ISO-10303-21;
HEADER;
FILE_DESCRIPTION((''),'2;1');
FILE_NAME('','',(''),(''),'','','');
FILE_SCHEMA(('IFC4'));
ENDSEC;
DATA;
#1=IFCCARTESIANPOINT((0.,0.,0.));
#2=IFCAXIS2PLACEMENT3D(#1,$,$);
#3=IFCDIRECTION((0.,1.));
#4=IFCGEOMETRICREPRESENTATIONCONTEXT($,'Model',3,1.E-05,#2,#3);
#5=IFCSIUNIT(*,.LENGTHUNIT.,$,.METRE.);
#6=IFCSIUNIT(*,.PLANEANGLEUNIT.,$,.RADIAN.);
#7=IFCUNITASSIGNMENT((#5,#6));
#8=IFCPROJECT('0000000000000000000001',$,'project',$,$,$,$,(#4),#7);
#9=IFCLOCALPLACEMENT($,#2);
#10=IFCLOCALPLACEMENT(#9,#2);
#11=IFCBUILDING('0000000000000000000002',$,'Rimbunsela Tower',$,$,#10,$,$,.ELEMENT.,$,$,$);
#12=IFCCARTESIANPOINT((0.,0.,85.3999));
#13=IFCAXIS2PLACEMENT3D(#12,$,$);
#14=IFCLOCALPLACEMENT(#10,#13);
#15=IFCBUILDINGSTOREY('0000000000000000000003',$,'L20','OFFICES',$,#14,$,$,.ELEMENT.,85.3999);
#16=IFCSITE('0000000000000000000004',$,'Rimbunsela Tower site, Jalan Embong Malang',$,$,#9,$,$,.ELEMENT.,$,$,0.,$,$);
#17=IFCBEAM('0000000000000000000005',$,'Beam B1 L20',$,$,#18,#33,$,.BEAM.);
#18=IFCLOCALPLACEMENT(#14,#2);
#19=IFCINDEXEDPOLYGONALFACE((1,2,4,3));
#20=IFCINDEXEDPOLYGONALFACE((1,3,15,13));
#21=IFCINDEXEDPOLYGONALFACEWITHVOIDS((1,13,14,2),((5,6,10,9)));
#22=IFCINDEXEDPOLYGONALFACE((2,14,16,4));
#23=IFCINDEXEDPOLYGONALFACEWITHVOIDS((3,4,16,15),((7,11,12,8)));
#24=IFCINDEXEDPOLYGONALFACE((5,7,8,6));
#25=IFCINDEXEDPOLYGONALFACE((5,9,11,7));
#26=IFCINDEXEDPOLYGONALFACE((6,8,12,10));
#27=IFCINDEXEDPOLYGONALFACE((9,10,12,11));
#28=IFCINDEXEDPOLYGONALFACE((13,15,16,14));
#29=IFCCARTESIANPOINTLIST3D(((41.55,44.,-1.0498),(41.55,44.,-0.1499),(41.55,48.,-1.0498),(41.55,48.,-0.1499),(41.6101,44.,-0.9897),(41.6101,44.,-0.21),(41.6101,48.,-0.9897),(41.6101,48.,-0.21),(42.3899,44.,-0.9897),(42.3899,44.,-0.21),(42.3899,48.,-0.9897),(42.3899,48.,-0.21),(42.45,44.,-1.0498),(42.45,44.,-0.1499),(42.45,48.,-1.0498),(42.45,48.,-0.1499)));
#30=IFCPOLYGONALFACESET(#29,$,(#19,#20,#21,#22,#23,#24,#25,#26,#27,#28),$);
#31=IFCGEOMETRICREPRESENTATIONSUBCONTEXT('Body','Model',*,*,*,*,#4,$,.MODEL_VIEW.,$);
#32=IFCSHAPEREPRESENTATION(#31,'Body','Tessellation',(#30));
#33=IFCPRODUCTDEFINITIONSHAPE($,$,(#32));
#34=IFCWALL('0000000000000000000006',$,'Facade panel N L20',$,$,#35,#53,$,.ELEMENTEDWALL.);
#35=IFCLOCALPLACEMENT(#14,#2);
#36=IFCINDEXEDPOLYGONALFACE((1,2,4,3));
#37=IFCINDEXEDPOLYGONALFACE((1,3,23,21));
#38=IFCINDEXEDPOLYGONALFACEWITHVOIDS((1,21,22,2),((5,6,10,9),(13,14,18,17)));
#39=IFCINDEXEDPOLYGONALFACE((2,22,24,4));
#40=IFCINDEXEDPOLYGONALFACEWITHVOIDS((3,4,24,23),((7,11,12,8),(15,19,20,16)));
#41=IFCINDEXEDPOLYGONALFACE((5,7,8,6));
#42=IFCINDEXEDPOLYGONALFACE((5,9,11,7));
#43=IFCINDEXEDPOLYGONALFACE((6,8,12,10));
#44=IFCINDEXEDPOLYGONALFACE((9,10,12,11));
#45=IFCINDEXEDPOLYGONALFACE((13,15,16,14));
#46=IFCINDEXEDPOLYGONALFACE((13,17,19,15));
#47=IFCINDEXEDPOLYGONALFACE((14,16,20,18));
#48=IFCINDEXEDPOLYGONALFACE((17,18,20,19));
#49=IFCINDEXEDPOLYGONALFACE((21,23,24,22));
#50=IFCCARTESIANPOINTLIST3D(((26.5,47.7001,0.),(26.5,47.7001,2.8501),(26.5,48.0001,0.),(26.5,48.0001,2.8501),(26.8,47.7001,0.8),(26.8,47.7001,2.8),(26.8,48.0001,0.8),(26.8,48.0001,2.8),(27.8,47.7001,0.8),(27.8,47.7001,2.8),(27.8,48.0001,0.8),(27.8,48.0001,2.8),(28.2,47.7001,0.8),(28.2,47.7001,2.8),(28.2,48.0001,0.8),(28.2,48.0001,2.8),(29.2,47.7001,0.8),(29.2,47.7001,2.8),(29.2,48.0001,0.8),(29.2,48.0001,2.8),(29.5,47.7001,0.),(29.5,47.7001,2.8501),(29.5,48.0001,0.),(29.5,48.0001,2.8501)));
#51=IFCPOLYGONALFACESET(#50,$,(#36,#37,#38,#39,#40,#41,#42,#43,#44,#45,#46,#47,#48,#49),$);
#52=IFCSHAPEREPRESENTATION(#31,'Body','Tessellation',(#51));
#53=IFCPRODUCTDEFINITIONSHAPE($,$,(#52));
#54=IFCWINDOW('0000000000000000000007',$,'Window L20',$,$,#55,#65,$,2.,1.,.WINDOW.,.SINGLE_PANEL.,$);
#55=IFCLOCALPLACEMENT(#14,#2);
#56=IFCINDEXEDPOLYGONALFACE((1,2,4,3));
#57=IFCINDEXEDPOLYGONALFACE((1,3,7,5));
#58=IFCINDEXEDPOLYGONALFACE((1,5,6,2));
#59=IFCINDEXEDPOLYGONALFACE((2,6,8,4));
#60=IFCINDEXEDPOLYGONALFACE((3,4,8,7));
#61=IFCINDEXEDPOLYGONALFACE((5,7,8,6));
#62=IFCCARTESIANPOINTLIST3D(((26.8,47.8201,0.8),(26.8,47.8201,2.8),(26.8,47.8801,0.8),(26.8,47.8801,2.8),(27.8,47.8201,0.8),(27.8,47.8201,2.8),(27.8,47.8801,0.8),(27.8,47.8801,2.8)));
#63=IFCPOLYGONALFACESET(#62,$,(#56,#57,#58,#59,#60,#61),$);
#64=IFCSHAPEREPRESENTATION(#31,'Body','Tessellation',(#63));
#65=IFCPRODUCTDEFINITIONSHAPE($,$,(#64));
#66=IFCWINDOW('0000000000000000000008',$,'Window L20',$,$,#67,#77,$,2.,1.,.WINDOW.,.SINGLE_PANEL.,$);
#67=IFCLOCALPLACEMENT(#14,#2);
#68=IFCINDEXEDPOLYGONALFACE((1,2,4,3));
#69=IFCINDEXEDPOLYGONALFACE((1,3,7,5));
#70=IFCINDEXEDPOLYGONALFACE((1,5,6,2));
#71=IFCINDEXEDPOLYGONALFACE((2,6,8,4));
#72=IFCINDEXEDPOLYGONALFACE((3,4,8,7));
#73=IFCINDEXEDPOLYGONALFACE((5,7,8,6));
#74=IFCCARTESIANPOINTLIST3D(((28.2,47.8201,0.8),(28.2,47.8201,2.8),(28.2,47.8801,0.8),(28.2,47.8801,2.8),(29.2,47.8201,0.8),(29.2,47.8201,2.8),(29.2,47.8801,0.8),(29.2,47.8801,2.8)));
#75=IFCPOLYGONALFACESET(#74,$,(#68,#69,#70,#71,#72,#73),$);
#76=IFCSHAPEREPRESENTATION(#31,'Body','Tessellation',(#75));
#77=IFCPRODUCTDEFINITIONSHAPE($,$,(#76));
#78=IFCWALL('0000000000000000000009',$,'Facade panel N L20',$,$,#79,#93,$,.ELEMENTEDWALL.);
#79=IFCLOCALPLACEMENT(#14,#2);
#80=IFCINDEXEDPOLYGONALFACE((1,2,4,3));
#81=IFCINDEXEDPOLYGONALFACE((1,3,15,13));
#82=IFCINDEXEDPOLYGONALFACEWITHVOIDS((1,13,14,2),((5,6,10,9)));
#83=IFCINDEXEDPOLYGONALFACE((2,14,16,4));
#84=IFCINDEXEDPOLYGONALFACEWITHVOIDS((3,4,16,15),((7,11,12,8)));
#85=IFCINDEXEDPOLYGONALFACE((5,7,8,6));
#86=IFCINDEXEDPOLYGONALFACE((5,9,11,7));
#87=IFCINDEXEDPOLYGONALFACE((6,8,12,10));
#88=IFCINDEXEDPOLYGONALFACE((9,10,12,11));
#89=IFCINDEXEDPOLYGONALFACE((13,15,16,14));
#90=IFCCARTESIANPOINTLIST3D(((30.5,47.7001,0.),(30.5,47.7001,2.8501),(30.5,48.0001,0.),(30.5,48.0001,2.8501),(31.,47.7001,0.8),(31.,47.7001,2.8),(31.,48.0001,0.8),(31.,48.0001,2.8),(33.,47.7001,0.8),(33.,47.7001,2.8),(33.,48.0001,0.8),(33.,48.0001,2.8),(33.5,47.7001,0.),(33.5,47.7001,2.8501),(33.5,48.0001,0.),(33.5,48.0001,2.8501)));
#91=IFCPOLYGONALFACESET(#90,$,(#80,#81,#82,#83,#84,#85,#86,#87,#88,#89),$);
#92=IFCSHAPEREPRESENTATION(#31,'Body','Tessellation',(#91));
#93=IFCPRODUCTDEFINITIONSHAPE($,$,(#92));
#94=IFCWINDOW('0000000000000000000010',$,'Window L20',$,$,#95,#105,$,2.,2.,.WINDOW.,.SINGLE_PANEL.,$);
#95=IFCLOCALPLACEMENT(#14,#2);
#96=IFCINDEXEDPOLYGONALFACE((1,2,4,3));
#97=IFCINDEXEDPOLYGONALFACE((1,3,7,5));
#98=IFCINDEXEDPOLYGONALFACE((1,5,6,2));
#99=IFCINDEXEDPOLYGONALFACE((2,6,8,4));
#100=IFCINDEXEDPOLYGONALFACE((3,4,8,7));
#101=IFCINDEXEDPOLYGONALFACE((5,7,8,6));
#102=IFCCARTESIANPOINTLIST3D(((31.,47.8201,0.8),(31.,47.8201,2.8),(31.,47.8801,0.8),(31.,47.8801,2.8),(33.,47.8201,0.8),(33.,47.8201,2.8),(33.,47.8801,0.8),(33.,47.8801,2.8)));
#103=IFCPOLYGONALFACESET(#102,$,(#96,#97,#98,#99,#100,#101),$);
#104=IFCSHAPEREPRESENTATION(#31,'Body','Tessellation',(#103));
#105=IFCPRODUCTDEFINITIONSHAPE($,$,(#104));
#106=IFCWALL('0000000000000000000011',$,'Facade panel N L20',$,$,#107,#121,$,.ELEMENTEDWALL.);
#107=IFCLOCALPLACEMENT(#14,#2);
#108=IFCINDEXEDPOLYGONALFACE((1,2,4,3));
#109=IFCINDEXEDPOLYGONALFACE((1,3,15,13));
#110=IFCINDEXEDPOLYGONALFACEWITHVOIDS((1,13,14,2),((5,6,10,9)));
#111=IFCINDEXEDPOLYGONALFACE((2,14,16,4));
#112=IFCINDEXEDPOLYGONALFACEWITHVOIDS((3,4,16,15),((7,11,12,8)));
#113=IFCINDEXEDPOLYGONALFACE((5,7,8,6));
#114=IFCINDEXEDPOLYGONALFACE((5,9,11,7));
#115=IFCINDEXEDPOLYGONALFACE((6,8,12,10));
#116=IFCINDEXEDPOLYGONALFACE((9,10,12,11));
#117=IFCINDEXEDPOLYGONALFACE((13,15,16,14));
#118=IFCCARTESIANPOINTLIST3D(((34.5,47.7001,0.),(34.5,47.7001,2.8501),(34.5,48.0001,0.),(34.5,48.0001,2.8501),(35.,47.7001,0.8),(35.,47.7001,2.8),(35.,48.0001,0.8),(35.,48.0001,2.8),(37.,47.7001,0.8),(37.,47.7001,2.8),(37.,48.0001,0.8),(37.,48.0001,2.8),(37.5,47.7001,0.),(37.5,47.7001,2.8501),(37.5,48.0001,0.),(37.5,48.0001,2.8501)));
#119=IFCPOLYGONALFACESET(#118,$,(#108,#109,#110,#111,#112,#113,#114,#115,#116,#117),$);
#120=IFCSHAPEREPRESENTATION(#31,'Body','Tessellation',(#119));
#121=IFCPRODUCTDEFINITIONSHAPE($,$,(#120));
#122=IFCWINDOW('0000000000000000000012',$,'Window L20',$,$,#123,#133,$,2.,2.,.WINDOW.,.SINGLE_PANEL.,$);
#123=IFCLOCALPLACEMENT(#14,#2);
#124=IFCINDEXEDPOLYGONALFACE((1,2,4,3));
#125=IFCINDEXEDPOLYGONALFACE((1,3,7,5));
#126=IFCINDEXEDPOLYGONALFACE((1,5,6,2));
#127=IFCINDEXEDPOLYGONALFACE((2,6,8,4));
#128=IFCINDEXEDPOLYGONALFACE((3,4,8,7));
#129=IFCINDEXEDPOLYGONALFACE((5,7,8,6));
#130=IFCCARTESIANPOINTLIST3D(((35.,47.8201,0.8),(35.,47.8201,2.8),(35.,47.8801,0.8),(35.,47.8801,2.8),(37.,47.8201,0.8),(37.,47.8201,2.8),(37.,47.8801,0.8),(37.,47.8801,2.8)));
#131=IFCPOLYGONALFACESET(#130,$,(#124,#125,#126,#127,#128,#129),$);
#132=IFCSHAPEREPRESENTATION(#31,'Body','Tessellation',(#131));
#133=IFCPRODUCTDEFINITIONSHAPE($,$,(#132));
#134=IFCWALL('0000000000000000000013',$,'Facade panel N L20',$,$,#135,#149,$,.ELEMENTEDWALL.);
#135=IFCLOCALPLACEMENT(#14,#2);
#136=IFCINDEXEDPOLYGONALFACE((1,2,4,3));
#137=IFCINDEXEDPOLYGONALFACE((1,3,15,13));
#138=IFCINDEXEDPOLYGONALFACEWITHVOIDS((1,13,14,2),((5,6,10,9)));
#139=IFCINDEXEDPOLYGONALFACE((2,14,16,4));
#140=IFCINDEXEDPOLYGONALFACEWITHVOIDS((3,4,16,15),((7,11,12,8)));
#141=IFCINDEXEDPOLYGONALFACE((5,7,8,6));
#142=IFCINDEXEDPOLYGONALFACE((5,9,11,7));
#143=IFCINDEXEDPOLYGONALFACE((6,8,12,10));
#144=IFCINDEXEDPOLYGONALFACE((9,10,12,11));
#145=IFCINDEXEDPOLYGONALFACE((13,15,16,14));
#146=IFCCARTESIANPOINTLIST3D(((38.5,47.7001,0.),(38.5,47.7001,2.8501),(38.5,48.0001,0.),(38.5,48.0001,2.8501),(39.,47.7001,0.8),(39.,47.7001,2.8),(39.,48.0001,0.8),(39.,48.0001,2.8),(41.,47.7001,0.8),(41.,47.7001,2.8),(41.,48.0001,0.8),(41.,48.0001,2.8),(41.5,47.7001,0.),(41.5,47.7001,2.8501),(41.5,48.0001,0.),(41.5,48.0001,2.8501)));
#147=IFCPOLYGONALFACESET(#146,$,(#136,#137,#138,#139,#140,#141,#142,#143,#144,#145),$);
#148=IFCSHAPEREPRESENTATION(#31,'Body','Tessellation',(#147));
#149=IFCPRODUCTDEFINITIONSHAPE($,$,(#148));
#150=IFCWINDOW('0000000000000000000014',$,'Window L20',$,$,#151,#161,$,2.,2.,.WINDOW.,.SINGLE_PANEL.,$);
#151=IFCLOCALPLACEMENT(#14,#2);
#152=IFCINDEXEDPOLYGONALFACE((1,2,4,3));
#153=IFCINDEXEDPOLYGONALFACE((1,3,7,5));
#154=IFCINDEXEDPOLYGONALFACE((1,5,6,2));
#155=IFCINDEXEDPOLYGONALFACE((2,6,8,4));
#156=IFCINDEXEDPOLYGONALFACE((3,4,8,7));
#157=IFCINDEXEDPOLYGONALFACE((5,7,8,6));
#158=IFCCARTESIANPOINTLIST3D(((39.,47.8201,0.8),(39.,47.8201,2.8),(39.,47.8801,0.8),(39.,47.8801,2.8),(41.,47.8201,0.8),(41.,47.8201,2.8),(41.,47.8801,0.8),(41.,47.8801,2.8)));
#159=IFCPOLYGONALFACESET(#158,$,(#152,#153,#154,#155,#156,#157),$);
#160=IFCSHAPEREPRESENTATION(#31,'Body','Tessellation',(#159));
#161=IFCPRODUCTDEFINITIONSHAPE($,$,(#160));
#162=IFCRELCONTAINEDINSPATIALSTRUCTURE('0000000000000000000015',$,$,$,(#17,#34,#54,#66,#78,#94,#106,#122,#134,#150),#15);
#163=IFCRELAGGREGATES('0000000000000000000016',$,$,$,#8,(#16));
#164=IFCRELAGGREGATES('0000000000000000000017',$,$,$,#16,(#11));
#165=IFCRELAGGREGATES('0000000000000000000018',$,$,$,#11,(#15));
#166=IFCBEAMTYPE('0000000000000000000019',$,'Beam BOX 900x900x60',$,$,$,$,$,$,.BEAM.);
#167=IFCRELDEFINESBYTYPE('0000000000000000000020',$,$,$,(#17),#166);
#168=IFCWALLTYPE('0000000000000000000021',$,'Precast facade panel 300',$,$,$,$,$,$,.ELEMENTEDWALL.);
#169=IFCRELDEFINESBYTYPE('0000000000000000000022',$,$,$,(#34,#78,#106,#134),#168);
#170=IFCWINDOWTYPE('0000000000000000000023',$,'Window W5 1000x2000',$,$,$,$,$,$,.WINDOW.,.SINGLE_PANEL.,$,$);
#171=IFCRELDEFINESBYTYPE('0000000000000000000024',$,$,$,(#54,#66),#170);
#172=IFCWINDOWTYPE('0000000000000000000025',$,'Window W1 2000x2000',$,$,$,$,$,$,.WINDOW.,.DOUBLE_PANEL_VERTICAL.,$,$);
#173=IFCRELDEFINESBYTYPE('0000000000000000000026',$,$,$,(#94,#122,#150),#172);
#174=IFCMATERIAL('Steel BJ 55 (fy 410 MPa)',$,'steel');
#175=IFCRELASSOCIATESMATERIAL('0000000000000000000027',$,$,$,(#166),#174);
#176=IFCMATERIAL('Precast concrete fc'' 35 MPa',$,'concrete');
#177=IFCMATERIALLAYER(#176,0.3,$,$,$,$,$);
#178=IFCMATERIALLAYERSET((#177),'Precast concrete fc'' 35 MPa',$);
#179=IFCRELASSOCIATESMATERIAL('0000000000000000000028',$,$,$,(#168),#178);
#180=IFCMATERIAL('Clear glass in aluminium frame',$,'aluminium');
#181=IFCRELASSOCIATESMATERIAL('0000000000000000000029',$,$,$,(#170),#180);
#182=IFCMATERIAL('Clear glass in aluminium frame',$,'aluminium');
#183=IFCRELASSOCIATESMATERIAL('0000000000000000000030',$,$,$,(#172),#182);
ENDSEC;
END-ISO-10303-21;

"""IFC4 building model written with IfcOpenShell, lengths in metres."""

from ifc_helpers import new_model, si_unit, direction, frame, frame_2d, origin, origin_2d, place, context, subcontext, project, spatial, rectangle, hollow_rectangle, extrude, material, layer, layer_set, material_profile, profile_set, type_object, element, fill, save


model = new_model("IFC4")

# Units and contexts
model_context = context("Model", 3, precision=1e-05, world=origin(), true_north=direction((0.0, 1.0)))
body_context = subcontext(model_context, "Body", "Model", "MODEL_VIEW")
ifc_project = project(units=[si_unit("LENGTHUNIT", "METRE"), si_unit("PLANEANGLEUNIT", "RADIAN")], contexts=[model_context])

# Site, building, storey
site_placement = place(None, origin())
site = spatial("IfcSite", under=ifc_project, at=site_placement, Name="Rimbunsela Tower site, Jalan Embong Malang", CompositionType="ELEMENT", RefElevation=0.0)
building_placement = place(site_placement, origin())
building = spatial("IfcBuilding", under=site, at=building_placement, Name="Rimbunsela Tower", CompositionType="ELEMENT")
storey_placement = place(building_placement, frame((0.0, 0.0, 85.3999)))
storey = spatial("IfcBuildingStorey", under=building, at=storey_placement, Name="L20", Description="OFFICES", CompositionType="ELEMENT", Elevation=85.3999)

# Beam
ifc_material_1 = material(Name="Steel BJ 55 (fy 410 MPa)", Category="steel")
ifc_material_profile_1 = material_profile(ifc_material_1, hollow_rectangle(XDim=0.8999, YDim=0.8999, WallThickness=0.0601, at=origin_2d()), Name="BOX 900x900x60")
ifc_profile_set_1 = profile_set([ifc_material_profile_1], Name="Steel BJ 55 (fy 410 MPa)")
beam_type_1 = type_object("IfcBeamType", Name="Beam BOX 900x900x60", PredefinedType="BEAM", material=ifc_profile_set_1)
for number, where, z_axis, x_axis, name in (
    (1, (42.0, 44.0, -0.5999), (0.0, 1.0, 0.0), (-1.0, 0.0, 0.0), "Beam B1 L20"),
):
    element("IfcBeam", number, at=place(storey_placement, frame(where, z_axis=z_axis, x_axis=x_axis)), inside=storey, type_object=beam_type_1, Name=name, PredefinedType="BEAM", context=body_context, shape_type="SweptSolid", body=[
        extrude(hollow_rectangle(XDim=0.8999, YDim=0.8999, WallThickness=0.0601, at=origin_2d()), origin(), (0.0, 0.0, 1.0), 4.0),
    ])

# Wall, openings, windows
ifc_material_2 = material(Name="Precast concrete fc' 35 MPa", Category="concrete")
ifc_layer_1 = layer(ifc_material_2, 0.3)
ifc_layer_set_1 = layer_set([ifc_layer_1], Name="Precast concrete fc' 35 MPa")
wall_type_1 = type_object("IfcWallType", Name="Precast facade panel 300", PredefinedType="ELEMENTEDWALL", material=ifc_layer_set_1)
wall_1_placement = place(storey_placement, frame((29.5, 47.8501, 0.0), z_axis=(0.0, 0.0, 1.0), x_axis=(-1.0, 0.0, 0.0)))
wall_1 = element("IfcWall", 2, at=wall_1_placement, inside=storey, type_object=wall_type_1, Name="Facade panel N L20", PredefinedType="ELEMENTEDWALL", context=body_context, shape_type="SweptSolid", body=[
    extrude(rectangle(XDim=3.0, YDim=0.3, at=frame_2d((1.5, 0.0))), origin(), (0.0, 0.0, 1.0), 2.8501),
])
opening_1_placement = place(wall_1_placement, frame((1.7, 0.0, 0.8)))
opening_1 = element("IfcOpeningElement", 3, at=opening_1_placement, cuts=wall_1, PredefinedType="OPENING", context=body_context, shape_type="SweptSolid", body=[
    extrude(rectangle(XDim=1.0, YDim=2.0, at=frame_2d((0.5, 1.0))), frame((0.0, 0.1599, 0.0), z_axis=(0.0, -1.0, 0.0), x_axis=(1.0, 0.0, 0.0)), (0.0, 0.0, 1.0), 0.3201),
])
opening_2_placement = place(wall_1_placement, frame((0.3, 0.0, 0.8)))
opening_2 = element("IfcOpeningElement", 4, at=opening_2_placement, cuts=wall_1, PredefinedType="OPENING", context=body_context, shape_type="SweptSolid", body=[
    extrude(rectangle(XDim=1.0, YDim=2.0, at=frame_2d((0.5, 1.0))), frame((0.0, 0.1599, 0.0), z_axis=(0.0, -1.0, 0.0), x_axis=(1.0, 0.0, 0.0)), (0.0, 0.0, 1.0), 0.3201),
])
ifc_material_3 = material(Name="Clear glass in aluminium frame", Category="aluminium")
window_type_1 = type_object("IfcWindowType", Name="Window W5 1000x2000", PartitioningType="SINGLE_PANEL", PredefinedType="WINDOW", material=ifc_material_3)
window_1_placement = place(opening_1_placement, origin())
window_1 = element("IfcWindow", 5, at=window_1_placement, inside=storey, type_object=window_type_1, Name="Window L20", OverallHeight=2.0, OverallWidth=1.0, PartitioningType="SINGLE_PANEL", PredefinedType="WINDOW", context=body_context, shape_type="SweptSolid", body=[
    extrude(rectangle(XDim=1.0, YDim=2.0, at=frame_2d((0.5, 1.0))), frame((0.0, 0.03, 0.0), z_axis=(0.0, -1.0, 0.0), x_axis=(1.0, 0.0, 0.0)), (0.0, 0.0, 1.0), 0.0601),
])
fill(opening_1, window_1)
window_2_placement = place(opening_2_placement, origin())
window_2 = element("IfcWindow", 6, at=window_2_placement, inside=storey, type_object=window_type_1, Name="Window L20", OverallHeight=2.0, OverallWidth=1.0, PartitioningType="SINGLE_PANEL", PredefinedType="WINDOW", context=body_context, shape_type="SweptSolid", body=[
    extrude(rectangle(XDim=1.0, YDim=2.0, at=frame_2d((0.5, 1.0))), frame((0.0, 0.03, 0.0), z_axis=(0.0, -1.0, 0.0), x_axis=(1.0, 0.0, 0.0)), (0.0, 0.0, 1.0), 0.0601),
])
fill(opening_2, window_2)

# Walls, openings, windows
wall_2_placement = place(storey_placement, frame((33.5, 47.8501, 0.0), z_axis=(0.0, 0.0, 1.0), x_axis=(-1.0, 0.0, 0.0)))
wall_2 = element("IfcWall", 7, at=wall_2_placement, inside=storey, type_object=wall_type_1, Name="Facade panel N L20", PredefinedType="ELEMENTEDWALL", context=body_context, shape_type="SweptSolid", body=[
    extrude(rectangle(XDim=3.0, YDim=0.3, at=frame_2d((1.5, 0.0))), origin(), (0.0, 0.0, 1.0), 2.8501),
])
opening_3_placement = place(wall_2_placement, frame((0.5, 0.0, 0.8)))
opening_3 = element("IfcOpeningElement", 8, at=opening_3_placement, cuts=wall_2, PredefinedType="OPENING", context=body_context, shape_type="SweptSolid", body=[
    extrude(rectangle(XDim=2.0, YDim=2.0, at=frame_2d((1.0, 1.0))), frame((0.0, 0.1599, 0.0), z_axis=(0.0, -1.0, 0.0), x_axis=(1.0, 0.0, 0.0)), (0.0, 0.0, 1.0), 0.3201),
])
ifc_material_4 = material(Name="Clear glass in aluminium frame", Category="aluminium")
window_type_2 = type_object("IfcWindowType", Name="Window W1 2000x2000", PartitioningType="DOUBLE_PANEL_VERTICAL", PredefinedType="WINDOW", material=ifc_material_4)
window_3_placement = place(opening_3_placement, origin())
window_3 = element("IfcWindow", 9, at=window_3_placement, inside=storey, type_object=window_type_2, Name="Window L20", OverallHeight=2.0, OverallWidth=2.0, PartitioningType="SINGLE_PANEL", PredefinedType="WINDOW", context=body_context, shape_type="SweptSolid", body=[
    extrude(rectangle(XDim=2.0, YDim=2.0, at=frame_2d((1.0, 1.0))), frame((0.0, 0.03, 0.0), z_axis=(0.0, -1.0, 0.0), x_axis=(1.0, 0.0, 0.0)), (0.0, 0.0, 1.0), 0.0601),
])
fill(opening_3, window_3)
wall_3_placement = place(storey_placement, frame((37.5, 47.8501, 0.0), z_axis=(0.0, 0.0, 1.0), x_axis=(-1.0, 0.0, 0.0)))
wall_3 = element("IfcWall", 10, at=wall_3_placement, inside=storey, type_object=wall_type_1, Name="Facade panel N L20", PredefinedType="ELEMENTEDWALL", context=body_context, shape_type="SweptSolid", body=[
    extrude(rectangle(XDim=3.0, YDim=0.3, at=frame_2d((1.5, 0.0))), origin(), (0.0, 0.0, 1.0), 2.8501),
])
opening_4_placement = place(wall_3_placement, frame((0.5, 0.0, 0.8)))
opening_4 = element("IfcOpeningElement", 11, at=opening_4_placement, cuts=wall_3, PredefinedType="OPENING", context=body_context, shape_type="SweptSolid", body=[
    extrude(rectangle(XDim=2.0, YDim=2.0, at=frame_2d((1.0, 1.0))), frame((0.0, 0.1599, 0.0), z_axis=(0.0, -1.0, 0.0), x_axis=(1.0, 0.0, 0.0)), (0.0, 0.0, 1.0), 0.3201),
])
window_4_placement = place(opening_4_placement, origin())
window_4 = element("IfcWindow", 12, at=window_4_placement, inside=storey, type_object=window_type_2, Name="Window L20", OverallHeight=2.0, OverallWidth=2.0, PartitioningType="SINGLE_PANEL", PredefinedType="WINDOW", context=body_context, shape_type="SweptSolid", body=[
    extrude(rectangle(XDim=2.0, YDim=2.0, at=frame_2d((1.0, 1.0))), frame((0.0, 0.03, 0.0), z_axis=(0.0, -1.0, 0.0), x_axis=(1.0, 0.0, 0.0)), (0.0, 0.0, 1.0), 0.0601),
])
fill(opening_4, window_4)
wall_4_placement = place(storey_placement, frame((41.5, 47.8501, 0.0), z_axis=(0.0, 0.0, 1.0), x_axis=(-1.0, 0.0, 0.0)))
wall_4 = element("IfcWall", 13, at=wall_4_placement, inside=storey, type_object=wall_type_1, Name="Facade panel N L20", PredefinedType="ELEMENTEDWALL", context=body_context, shape_type="SweptSolid", body=[
    extrude(rectangle(XDim=3.0, YDim=0.3, at=frame_2d((1.5, 0.0))), origin(), (0.0, 0.0, 1.0), 2.8501),
])
opening_5_placement = place(wall_4_placement, frame((0.5, 0.0, 0.8)))
opening_5 = element("IfcOpeningElement", 14, at=opening_5_placement, cuts=wall_4, PredefinedType="OPENING", context=body_context, shape_type="SweptSolid", body=[
    extrude(rectangle(XDim=2.0, YDim=2.0, at=frame_2d((1.0, 1.0))), frame((0.0, 0.1599, 0.0), z_axis=(0.0, -1.0, 0.0), x_axis=(1.0, 0.0, 0.0)), (0.0, 0.0, 1.0), 0.3201),
])
window_5_placement = place(opening_5_placement, origin())
window_5 = element("IfcWindow", 15, at=window_5_placement, inside=storey, type_object=window_type_2, Name="Window L20", OverallHeight=2.0, OverallWidth=2.0, PartitioningType="SINGLE_PANEL", PredefinedType="WINDOW", context=body_context, shape_type="SweptSolid", body=[
    extrude(rectangle(XDim=2.0, YDim=2.0, at=frame_2d((1.0, 1.0))), frame((0.0, 0.03, 0.0), z_axis=(0.0, -1.0, 0.0), x_axis=(1.0, 0.0, 0.0)), (0.0, 0.0, 1.0), 0.0601),
])
fill(opening_5, window_5)

save(model, "model.ifc")
